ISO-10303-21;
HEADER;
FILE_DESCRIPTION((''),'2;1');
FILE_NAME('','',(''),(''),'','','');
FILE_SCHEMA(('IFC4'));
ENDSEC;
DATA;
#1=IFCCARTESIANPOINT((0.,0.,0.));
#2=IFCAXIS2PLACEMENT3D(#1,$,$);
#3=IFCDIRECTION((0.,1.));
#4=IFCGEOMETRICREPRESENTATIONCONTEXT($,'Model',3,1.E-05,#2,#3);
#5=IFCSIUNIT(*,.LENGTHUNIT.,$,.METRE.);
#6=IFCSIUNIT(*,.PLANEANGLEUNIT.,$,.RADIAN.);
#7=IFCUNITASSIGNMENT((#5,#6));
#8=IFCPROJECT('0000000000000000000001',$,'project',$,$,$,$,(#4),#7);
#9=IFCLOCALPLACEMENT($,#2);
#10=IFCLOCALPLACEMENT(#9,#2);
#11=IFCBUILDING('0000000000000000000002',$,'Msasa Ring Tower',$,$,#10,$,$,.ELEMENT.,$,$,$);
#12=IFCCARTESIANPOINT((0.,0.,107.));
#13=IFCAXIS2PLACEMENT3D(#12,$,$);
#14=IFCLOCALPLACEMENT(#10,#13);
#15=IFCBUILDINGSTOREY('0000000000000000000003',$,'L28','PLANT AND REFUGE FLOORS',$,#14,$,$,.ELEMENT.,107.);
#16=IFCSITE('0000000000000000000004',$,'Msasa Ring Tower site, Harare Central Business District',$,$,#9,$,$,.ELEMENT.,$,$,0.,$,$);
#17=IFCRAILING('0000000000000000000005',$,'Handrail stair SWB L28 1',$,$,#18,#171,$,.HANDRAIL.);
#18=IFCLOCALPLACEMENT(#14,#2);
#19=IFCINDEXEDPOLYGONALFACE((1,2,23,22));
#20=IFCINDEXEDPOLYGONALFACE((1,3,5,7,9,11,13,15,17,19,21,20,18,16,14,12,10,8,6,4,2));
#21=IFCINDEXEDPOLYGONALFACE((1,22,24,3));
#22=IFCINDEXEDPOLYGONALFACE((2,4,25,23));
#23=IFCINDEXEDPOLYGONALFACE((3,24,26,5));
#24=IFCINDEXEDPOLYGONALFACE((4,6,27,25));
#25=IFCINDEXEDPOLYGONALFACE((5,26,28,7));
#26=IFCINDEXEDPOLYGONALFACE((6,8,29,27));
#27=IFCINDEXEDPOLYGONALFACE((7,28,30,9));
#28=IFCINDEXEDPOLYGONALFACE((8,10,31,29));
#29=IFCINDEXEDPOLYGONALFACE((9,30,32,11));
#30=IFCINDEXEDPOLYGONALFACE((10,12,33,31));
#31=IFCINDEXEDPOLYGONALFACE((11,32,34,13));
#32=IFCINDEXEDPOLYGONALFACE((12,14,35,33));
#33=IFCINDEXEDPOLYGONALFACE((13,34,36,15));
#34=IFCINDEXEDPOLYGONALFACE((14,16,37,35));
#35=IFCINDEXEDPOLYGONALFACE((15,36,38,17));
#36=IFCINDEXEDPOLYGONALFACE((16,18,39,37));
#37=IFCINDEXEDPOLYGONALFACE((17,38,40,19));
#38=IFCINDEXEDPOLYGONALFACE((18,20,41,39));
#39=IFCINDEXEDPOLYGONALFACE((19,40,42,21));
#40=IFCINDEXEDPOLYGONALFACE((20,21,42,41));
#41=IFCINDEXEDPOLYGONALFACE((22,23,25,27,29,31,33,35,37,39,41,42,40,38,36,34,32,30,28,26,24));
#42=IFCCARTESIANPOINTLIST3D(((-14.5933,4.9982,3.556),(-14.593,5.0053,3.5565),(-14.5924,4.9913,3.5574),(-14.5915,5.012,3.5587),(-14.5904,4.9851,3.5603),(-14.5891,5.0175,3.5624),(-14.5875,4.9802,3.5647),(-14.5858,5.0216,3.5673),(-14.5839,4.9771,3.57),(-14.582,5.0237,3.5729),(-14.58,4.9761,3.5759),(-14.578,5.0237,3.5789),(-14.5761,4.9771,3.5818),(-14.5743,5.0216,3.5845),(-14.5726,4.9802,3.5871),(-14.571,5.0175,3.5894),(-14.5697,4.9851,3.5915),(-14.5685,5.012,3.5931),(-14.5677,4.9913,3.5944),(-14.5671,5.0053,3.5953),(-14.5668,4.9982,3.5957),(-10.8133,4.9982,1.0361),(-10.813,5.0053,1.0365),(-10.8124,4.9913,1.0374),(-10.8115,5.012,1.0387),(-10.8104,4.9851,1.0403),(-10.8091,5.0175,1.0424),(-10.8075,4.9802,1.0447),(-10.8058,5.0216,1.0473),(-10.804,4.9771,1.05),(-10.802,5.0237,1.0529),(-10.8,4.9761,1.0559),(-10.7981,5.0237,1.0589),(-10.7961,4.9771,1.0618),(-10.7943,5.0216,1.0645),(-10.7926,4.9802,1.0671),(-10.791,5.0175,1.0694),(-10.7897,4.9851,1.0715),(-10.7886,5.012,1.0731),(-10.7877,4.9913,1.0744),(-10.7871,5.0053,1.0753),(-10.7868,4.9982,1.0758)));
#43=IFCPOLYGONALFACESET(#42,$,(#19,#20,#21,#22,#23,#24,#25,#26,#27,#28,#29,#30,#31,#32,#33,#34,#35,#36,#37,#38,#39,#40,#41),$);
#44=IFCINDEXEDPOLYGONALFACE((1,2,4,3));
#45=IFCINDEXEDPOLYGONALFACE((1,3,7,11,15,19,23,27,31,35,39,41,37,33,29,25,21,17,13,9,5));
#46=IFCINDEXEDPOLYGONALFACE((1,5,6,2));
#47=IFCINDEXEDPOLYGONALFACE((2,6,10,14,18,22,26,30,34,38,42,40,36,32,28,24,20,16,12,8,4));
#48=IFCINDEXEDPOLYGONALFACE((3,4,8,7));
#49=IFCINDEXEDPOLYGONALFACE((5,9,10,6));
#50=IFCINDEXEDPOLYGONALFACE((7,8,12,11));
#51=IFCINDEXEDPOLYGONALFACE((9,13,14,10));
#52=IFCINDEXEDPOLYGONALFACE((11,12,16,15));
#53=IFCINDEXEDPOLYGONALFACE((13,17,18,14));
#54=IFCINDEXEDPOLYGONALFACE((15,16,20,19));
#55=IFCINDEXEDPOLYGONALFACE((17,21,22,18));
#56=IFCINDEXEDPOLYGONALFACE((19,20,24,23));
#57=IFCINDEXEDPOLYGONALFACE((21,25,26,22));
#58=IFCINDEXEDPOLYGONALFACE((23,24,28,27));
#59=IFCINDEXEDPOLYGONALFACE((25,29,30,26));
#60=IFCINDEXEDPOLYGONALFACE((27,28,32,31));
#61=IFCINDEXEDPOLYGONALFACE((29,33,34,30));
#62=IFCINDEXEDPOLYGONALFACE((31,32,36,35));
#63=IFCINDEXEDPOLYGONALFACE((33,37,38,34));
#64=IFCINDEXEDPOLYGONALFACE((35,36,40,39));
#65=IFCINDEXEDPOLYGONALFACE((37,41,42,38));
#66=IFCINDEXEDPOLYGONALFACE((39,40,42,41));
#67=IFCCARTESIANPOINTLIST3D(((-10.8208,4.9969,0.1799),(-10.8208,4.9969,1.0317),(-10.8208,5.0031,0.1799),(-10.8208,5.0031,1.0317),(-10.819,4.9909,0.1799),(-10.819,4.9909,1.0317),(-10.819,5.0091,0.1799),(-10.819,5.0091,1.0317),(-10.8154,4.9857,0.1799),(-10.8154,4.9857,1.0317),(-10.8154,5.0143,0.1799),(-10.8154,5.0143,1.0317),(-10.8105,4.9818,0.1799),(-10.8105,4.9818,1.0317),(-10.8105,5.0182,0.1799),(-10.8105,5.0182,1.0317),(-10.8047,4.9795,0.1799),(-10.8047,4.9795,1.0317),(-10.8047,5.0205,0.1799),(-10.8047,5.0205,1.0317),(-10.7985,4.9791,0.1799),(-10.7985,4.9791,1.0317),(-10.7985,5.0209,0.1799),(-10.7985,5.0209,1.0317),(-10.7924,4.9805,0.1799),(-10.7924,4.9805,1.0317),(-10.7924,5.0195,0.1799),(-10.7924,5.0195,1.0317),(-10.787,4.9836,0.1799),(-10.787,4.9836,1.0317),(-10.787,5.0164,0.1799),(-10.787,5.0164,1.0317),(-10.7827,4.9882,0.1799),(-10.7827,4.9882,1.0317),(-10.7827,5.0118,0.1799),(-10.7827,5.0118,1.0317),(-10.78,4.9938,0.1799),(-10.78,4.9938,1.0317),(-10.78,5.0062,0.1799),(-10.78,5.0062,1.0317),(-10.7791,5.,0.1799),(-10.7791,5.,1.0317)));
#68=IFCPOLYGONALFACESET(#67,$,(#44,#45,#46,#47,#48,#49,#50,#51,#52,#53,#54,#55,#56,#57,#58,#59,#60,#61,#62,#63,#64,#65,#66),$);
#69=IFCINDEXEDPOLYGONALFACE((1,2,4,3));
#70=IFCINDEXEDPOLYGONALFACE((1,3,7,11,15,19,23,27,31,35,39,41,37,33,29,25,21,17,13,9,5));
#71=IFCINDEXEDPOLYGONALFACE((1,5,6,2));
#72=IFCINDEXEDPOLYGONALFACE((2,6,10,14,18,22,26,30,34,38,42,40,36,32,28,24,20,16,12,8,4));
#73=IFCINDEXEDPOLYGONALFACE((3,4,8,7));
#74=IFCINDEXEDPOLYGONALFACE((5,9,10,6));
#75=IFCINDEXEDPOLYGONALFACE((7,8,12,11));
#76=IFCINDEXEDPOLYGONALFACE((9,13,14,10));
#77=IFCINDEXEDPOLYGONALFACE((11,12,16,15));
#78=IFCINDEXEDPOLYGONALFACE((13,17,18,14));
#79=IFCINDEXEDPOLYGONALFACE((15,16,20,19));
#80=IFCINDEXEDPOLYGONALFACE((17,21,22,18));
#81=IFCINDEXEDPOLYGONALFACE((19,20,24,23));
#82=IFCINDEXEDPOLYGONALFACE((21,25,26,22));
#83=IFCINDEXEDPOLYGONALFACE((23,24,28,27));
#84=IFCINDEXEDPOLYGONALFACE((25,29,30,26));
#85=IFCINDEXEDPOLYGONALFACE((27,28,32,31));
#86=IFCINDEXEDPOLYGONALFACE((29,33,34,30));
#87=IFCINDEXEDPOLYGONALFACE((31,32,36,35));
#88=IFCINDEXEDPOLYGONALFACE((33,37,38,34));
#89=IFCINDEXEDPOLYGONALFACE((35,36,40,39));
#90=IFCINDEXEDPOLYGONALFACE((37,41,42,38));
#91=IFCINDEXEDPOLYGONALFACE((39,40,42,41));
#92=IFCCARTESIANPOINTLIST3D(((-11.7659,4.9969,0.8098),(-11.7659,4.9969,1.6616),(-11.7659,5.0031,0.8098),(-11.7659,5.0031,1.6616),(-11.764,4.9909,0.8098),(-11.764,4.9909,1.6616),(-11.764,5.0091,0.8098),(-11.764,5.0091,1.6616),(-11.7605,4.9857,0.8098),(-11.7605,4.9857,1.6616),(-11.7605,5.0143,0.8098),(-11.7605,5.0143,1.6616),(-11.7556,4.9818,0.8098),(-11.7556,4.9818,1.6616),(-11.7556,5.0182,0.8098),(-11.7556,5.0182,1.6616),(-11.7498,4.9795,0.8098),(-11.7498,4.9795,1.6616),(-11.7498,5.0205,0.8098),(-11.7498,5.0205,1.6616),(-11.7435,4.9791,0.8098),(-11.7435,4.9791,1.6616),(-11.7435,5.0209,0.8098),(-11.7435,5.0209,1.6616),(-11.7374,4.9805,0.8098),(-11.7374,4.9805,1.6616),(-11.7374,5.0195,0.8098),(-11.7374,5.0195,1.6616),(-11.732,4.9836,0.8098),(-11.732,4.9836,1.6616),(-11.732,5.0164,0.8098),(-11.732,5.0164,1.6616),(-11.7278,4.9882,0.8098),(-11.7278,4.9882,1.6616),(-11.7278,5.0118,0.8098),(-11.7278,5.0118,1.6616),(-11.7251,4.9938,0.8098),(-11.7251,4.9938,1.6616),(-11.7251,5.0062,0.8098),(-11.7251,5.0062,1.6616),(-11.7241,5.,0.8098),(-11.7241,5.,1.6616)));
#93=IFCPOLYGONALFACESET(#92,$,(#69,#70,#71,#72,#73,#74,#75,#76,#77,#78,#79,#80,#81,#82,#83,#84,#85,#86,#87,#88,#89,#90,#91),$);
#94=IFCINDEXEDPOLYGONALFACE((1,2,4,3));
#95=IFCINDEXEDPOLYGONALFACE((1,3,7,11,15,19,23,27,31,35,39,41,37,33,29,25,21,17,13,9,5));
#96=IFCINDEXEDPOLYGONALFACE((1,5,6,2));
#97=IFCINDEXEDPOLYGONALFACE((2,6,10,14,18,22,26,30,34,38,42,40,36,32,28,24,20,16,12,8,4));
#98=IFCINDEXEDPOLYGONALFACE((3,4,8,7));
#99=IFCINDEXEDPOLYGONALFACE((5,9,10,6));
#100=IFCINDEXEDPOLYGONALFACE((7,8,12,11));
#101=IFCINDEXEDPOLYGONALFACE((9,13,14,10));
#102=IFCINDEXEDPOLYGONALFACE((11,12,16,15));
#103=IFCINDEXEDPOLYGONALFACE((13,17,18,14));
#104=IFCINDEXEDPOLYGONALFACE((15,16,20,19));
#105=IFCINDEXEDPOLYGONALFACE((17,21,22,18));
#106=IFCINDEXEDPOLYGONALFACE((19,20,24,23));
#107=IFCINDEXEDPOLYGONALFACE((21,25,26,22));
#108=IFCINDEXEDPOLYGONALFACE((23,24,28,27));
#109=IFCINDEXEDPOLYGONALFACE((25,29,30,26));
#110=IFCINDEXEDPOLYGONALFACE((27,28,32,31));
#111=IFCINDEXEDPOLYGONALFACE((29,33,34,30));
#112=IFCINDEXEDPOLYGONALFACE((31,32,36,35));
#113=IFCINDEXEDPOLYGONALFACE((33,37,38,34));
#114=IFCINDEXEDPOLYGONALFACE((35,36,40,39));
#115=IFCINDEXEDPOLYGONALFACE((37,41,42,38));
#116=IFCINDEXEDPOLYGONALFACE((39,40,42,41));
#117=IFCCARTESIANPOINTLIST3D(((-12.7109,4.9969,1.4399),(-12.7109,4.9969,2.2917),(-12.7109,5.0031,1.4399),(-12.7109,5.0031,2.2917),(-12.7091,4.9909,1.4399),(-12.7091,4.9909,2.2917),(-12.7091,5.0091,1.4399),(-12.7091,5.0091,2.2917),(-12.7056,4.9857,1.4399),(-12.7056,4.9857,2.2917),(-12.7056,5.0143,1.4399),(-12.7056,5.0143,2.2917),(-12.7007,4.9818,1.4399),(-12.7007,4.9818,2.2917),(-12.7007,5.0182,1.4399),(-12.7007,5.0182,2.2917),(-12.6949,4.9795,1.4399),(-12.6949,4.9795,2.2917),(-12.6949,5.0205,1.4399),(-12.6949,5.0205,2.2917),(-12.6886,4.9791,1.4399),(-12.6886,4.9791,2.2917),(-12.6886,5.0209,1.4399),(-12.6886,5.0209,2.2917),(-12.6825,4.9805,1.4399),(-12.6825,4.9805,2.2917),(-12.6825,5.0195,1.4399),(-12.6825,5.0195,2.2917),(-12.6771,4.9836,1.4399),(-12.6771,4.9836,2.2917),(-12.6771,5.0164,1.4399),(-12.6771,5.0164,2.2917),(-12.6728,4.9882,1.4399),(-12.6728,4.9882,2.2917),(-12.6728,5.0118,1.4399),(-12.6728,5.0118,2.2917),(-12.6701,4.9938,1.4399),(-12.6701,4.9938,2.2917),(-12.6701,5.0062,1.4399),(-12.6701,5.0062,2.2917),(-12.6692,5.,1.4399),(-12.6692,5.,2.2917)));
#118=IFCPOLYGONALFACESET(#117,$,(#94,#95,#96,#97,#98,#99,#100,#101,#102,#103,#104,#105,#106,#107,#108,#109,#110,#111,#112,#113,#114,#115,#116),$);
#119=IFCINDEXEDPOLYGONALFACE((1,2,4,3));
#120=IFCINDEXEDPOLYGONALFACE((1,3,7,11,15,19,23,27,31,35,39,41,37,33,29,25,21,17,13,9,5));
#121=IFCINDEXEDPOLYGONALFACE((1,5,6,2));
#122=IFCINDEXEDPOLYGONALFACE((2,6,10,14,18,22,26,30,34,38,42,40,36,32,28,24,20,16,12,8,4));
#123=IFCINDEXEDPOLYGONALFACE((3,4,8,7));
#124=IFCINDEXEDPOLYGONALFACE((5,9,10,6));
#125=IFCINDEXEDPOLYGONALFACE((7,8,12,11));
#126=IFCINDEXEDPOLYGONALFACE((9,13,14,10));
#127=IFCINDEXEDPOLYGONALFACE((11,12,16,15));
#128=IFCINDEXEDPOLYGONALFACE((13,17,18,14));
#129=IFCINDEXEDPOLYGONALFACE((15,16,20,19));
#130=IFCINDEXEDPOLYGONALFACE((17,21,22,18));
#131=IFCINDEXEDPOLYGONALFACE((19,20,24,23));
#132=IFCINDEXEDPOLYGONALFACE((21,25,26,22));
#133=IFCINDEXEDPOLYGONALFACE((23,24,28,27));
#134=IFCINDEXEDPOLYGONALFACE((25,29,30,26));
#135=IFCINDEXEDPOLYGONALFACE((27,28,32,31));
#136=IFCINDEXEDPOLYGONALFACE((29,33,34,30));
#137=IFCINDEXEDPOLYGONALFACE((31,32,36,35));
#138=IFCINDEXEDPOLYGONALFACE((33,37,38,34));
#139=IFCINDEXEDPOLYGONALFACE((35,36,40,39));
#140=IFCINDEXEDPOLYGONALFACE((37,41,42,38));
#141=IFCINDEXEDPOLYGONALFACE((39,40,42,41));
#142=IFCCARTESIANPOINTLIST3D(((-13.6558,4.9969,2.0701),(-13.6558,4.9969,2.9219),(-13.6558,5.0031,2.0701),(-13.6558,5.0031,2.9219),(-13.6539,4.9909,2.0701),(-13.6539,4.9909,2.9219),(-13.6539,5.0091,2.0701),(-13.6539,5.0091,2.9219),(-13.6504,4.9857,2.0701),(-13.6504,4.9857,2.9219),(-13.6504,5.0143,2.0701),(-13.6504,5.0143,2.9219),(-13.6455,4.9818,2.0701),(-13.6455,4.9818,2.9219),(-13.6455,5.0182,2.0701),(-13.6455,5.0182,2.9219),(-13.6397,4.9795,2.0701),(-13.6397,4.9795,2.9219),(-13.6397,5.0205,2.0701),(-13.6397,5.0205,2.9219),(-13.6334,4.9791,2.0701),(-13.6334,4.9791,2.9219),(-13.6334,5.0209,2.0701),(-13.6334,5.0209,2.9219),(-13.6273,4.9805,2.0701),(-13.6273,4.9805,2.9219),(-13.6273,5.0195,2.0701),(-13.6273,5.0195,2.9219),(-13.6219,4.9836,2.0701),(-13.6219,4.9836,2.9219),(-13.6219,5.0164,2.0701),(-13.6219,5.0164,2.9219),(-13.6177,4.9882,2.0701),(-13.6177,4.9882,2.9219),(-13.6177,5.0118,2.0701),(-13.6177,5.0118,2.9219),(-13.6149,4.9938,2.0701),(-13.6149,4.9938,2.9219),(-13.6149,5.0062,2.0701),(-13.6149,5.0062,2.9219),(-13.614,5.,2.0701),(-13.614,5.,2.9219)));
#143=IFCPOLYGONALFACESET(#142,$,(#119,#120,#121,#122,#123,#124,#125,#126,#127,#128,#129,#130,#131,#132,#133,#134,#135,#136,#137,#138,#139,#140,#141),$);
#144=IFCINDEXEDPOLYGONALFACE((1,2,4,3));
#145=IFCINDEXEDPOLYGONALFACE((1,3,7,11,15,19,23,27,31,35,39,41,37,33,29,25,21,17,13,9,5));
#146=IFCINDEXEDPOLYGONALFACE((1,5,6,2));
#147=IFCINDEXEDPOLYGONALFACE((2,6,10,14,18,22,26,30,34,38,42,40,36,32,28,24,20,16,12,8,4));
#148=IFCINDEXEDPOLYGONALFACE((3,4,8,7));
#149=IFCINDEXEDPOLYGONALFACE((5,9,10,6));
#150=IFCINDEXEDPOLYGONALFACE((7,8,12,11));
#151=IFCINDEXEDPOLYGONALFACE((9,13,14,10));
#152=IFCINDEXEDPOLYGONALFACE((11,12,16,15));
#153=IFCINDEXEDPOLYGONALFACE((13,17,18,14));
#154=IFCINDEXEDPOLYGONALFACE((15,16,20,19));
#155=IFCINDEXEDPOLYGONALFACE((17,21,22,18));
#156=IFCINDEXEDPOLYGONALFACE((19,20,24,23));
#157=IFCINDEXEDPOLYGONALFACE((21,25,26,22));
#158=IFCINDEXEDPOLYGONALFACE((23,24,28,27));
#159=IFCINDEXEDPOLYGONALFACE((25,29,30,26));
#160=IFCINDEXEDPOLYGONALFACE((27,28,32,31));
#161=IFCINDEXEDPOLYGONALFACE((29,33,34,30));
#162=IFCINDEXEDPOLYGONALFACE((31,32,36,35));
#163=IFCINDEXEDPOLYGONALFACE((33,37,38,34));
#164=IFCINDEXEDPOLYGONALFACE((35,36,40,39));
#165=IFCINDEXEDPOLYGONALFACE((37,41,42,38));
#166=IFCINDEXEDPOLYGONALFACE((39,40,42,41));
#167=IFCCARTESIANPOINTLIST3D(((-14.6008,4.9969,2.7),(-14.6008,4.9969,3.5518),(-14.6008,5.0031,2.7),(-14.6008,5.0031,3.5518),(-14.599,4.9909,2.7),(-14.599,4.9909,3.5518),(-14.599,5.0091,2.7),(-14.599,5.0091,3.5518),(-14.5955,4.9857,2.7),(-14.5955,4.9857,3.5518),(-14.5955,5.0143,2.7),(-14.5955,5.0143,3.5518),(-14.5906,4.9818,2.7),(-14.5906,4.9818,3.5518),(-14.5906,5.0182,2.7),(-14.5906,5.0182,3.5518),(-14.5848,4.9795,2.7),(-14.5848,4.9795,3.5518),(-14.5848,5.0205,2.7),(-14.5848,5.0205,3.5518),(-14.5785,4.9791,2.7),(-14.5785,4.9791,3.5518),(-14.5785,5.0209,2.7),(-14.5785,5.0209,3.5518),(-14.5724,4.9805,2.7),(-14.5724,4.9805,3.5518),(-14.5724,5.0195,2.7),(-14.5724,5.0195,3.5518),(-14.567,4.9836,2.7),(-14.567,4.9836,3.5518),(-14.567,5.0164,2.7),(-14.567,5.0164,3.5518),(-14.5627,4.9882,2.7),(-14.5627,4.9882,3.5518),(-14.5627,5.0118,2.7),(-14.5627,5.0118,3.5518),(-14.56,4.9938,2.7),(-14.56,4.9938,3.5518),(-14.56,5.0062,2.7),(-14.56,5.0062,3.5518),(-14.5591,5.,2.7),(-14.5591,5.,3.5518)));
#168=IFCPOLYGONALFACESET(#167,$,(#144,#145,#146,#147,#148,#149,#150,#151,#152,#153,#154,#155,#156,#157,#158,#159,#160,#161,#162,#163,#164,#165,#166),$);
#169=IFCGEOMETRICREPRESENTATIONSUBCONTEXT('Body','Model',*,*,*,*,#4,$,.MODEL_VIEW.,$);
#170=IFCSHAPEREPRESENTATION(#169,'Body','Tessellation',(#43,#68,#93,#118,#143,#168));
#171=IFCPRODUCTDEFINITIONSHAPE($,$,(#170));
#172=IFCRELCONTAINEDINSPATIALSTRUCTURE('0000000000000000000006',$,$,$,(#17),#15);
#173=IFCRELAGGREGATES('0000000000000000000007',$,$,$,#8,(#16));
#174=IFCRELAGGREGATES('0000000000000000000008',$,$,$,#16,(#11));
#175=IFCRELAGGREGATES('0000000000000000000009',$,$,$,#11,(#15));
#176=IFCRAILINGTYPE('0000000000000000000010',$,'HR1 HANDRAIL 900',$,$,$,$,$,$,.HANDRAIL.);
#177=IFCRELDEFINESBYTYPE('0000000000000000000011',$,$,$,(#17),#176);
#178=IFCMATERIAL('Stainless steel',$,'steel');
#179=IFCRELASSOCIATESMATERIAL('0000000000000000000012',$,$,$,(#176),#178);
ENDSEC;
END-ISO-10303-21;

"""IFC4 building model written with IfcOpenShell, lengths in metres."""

from ifc_helpers import new_model, si_unit, direction, frame, origin, origin_2d, place, context, subcontext, project, spatial, circle, extrude, material, type_object, element, save


model = new_model("IFC4")

# Units and contexts
model_context = context("Model", 3, precision=1e-05, world=origin(), true_north=direction((0.0, 1.0)))
body_context = subcontext(model_context, "Body", "Model", "MODEL_VIEW")
ifc_project = project(units=[si_unit("LENGTHUNIT", "METRE"), si_unit("PLANEANGLEUNIT", "RADIAN")], contexts=[model_context])

# Site, building, storey
site_placement = place(None, origin())
site = spatial("IfcSite", under=ifc_project, at=site_placement, Name="Msasa Ring Tower site, Harare Central Business District", CompositionType="ELEMENT", RefElevation=0.0)
building_placement = place(site_placement, origin())
building = spatial("IfcBuilding", under=site, at=building_placement, Name="Msasa Ring Tower", CompositionType="ELEMENT")
storey_placement = place(building_placement, frame((0.0, 0.0, 107.0)))
storey = spatial("IfcBuildingStorey", under=building, at=storey_placement, Name="L28", Description="PLANT AND REFUGE FLOORS", CompositionType="ELEMENT", Elevation=107.0)

# Railing
ifc_material_1 = material(Name="Stainless steel", Category="steel")
railing_type_1 = type_object("IfcRailingType", Name="HR1 HANDRAIL 900", PredefinedType="HANDRAIL", material=ifc_material_1)
for number, where, name in (
    (1, (-10.8, 5.0, 0.1799), "Handrail stair SWB L28 1"),
):
    element("IfcRailing", number, at=place(storey_placement, frame(where)), inside=storey, type_object=railing_type_1, Name=name, PredefinedType="HANDRAIL", context=body_context, shape_type="SweptSolid", body=[
        extrude(circle(Radius=0.0239, at=origin_2d()), frame((0.0, 0.0, 0.876), z_axis=(-0.83205, 0.0, 0.5547), x_axis=(0.0, -1.0, 0.0)), (0.0, 0.0, 1.0), 4.543),
        extrude(circle(Radius=0.021, at=origin_2d()), origin(), (0.0, 0.0, 1.0), 0.8518),
        extrude(circle(Radius=0.021, at=origin_2d()), frame((-0.9451, 0.0, 0.6299)), (0.0, 0.0, 1.0), 0.8518),
        extrude(circle(Radius=0.021, at=origin_2d()), frame((-1.8901, 0.0, 1.26)), (0.0, 0.0, 1.0), 0.8518),
        extrude(circle(Radius=0.021, at=origin_2d()), frame((-2.835, 0.0, 1.8901)), (0.0, 0.0, 1.0), 0.8518),
        extrude(circle(Radius=0.021, at=origin_2d()), frame((-3.78, 0.0, 2.52)), (0.0, 0.0, 1.0), 0.8518),
    ])

save(model, "model.ifc")
